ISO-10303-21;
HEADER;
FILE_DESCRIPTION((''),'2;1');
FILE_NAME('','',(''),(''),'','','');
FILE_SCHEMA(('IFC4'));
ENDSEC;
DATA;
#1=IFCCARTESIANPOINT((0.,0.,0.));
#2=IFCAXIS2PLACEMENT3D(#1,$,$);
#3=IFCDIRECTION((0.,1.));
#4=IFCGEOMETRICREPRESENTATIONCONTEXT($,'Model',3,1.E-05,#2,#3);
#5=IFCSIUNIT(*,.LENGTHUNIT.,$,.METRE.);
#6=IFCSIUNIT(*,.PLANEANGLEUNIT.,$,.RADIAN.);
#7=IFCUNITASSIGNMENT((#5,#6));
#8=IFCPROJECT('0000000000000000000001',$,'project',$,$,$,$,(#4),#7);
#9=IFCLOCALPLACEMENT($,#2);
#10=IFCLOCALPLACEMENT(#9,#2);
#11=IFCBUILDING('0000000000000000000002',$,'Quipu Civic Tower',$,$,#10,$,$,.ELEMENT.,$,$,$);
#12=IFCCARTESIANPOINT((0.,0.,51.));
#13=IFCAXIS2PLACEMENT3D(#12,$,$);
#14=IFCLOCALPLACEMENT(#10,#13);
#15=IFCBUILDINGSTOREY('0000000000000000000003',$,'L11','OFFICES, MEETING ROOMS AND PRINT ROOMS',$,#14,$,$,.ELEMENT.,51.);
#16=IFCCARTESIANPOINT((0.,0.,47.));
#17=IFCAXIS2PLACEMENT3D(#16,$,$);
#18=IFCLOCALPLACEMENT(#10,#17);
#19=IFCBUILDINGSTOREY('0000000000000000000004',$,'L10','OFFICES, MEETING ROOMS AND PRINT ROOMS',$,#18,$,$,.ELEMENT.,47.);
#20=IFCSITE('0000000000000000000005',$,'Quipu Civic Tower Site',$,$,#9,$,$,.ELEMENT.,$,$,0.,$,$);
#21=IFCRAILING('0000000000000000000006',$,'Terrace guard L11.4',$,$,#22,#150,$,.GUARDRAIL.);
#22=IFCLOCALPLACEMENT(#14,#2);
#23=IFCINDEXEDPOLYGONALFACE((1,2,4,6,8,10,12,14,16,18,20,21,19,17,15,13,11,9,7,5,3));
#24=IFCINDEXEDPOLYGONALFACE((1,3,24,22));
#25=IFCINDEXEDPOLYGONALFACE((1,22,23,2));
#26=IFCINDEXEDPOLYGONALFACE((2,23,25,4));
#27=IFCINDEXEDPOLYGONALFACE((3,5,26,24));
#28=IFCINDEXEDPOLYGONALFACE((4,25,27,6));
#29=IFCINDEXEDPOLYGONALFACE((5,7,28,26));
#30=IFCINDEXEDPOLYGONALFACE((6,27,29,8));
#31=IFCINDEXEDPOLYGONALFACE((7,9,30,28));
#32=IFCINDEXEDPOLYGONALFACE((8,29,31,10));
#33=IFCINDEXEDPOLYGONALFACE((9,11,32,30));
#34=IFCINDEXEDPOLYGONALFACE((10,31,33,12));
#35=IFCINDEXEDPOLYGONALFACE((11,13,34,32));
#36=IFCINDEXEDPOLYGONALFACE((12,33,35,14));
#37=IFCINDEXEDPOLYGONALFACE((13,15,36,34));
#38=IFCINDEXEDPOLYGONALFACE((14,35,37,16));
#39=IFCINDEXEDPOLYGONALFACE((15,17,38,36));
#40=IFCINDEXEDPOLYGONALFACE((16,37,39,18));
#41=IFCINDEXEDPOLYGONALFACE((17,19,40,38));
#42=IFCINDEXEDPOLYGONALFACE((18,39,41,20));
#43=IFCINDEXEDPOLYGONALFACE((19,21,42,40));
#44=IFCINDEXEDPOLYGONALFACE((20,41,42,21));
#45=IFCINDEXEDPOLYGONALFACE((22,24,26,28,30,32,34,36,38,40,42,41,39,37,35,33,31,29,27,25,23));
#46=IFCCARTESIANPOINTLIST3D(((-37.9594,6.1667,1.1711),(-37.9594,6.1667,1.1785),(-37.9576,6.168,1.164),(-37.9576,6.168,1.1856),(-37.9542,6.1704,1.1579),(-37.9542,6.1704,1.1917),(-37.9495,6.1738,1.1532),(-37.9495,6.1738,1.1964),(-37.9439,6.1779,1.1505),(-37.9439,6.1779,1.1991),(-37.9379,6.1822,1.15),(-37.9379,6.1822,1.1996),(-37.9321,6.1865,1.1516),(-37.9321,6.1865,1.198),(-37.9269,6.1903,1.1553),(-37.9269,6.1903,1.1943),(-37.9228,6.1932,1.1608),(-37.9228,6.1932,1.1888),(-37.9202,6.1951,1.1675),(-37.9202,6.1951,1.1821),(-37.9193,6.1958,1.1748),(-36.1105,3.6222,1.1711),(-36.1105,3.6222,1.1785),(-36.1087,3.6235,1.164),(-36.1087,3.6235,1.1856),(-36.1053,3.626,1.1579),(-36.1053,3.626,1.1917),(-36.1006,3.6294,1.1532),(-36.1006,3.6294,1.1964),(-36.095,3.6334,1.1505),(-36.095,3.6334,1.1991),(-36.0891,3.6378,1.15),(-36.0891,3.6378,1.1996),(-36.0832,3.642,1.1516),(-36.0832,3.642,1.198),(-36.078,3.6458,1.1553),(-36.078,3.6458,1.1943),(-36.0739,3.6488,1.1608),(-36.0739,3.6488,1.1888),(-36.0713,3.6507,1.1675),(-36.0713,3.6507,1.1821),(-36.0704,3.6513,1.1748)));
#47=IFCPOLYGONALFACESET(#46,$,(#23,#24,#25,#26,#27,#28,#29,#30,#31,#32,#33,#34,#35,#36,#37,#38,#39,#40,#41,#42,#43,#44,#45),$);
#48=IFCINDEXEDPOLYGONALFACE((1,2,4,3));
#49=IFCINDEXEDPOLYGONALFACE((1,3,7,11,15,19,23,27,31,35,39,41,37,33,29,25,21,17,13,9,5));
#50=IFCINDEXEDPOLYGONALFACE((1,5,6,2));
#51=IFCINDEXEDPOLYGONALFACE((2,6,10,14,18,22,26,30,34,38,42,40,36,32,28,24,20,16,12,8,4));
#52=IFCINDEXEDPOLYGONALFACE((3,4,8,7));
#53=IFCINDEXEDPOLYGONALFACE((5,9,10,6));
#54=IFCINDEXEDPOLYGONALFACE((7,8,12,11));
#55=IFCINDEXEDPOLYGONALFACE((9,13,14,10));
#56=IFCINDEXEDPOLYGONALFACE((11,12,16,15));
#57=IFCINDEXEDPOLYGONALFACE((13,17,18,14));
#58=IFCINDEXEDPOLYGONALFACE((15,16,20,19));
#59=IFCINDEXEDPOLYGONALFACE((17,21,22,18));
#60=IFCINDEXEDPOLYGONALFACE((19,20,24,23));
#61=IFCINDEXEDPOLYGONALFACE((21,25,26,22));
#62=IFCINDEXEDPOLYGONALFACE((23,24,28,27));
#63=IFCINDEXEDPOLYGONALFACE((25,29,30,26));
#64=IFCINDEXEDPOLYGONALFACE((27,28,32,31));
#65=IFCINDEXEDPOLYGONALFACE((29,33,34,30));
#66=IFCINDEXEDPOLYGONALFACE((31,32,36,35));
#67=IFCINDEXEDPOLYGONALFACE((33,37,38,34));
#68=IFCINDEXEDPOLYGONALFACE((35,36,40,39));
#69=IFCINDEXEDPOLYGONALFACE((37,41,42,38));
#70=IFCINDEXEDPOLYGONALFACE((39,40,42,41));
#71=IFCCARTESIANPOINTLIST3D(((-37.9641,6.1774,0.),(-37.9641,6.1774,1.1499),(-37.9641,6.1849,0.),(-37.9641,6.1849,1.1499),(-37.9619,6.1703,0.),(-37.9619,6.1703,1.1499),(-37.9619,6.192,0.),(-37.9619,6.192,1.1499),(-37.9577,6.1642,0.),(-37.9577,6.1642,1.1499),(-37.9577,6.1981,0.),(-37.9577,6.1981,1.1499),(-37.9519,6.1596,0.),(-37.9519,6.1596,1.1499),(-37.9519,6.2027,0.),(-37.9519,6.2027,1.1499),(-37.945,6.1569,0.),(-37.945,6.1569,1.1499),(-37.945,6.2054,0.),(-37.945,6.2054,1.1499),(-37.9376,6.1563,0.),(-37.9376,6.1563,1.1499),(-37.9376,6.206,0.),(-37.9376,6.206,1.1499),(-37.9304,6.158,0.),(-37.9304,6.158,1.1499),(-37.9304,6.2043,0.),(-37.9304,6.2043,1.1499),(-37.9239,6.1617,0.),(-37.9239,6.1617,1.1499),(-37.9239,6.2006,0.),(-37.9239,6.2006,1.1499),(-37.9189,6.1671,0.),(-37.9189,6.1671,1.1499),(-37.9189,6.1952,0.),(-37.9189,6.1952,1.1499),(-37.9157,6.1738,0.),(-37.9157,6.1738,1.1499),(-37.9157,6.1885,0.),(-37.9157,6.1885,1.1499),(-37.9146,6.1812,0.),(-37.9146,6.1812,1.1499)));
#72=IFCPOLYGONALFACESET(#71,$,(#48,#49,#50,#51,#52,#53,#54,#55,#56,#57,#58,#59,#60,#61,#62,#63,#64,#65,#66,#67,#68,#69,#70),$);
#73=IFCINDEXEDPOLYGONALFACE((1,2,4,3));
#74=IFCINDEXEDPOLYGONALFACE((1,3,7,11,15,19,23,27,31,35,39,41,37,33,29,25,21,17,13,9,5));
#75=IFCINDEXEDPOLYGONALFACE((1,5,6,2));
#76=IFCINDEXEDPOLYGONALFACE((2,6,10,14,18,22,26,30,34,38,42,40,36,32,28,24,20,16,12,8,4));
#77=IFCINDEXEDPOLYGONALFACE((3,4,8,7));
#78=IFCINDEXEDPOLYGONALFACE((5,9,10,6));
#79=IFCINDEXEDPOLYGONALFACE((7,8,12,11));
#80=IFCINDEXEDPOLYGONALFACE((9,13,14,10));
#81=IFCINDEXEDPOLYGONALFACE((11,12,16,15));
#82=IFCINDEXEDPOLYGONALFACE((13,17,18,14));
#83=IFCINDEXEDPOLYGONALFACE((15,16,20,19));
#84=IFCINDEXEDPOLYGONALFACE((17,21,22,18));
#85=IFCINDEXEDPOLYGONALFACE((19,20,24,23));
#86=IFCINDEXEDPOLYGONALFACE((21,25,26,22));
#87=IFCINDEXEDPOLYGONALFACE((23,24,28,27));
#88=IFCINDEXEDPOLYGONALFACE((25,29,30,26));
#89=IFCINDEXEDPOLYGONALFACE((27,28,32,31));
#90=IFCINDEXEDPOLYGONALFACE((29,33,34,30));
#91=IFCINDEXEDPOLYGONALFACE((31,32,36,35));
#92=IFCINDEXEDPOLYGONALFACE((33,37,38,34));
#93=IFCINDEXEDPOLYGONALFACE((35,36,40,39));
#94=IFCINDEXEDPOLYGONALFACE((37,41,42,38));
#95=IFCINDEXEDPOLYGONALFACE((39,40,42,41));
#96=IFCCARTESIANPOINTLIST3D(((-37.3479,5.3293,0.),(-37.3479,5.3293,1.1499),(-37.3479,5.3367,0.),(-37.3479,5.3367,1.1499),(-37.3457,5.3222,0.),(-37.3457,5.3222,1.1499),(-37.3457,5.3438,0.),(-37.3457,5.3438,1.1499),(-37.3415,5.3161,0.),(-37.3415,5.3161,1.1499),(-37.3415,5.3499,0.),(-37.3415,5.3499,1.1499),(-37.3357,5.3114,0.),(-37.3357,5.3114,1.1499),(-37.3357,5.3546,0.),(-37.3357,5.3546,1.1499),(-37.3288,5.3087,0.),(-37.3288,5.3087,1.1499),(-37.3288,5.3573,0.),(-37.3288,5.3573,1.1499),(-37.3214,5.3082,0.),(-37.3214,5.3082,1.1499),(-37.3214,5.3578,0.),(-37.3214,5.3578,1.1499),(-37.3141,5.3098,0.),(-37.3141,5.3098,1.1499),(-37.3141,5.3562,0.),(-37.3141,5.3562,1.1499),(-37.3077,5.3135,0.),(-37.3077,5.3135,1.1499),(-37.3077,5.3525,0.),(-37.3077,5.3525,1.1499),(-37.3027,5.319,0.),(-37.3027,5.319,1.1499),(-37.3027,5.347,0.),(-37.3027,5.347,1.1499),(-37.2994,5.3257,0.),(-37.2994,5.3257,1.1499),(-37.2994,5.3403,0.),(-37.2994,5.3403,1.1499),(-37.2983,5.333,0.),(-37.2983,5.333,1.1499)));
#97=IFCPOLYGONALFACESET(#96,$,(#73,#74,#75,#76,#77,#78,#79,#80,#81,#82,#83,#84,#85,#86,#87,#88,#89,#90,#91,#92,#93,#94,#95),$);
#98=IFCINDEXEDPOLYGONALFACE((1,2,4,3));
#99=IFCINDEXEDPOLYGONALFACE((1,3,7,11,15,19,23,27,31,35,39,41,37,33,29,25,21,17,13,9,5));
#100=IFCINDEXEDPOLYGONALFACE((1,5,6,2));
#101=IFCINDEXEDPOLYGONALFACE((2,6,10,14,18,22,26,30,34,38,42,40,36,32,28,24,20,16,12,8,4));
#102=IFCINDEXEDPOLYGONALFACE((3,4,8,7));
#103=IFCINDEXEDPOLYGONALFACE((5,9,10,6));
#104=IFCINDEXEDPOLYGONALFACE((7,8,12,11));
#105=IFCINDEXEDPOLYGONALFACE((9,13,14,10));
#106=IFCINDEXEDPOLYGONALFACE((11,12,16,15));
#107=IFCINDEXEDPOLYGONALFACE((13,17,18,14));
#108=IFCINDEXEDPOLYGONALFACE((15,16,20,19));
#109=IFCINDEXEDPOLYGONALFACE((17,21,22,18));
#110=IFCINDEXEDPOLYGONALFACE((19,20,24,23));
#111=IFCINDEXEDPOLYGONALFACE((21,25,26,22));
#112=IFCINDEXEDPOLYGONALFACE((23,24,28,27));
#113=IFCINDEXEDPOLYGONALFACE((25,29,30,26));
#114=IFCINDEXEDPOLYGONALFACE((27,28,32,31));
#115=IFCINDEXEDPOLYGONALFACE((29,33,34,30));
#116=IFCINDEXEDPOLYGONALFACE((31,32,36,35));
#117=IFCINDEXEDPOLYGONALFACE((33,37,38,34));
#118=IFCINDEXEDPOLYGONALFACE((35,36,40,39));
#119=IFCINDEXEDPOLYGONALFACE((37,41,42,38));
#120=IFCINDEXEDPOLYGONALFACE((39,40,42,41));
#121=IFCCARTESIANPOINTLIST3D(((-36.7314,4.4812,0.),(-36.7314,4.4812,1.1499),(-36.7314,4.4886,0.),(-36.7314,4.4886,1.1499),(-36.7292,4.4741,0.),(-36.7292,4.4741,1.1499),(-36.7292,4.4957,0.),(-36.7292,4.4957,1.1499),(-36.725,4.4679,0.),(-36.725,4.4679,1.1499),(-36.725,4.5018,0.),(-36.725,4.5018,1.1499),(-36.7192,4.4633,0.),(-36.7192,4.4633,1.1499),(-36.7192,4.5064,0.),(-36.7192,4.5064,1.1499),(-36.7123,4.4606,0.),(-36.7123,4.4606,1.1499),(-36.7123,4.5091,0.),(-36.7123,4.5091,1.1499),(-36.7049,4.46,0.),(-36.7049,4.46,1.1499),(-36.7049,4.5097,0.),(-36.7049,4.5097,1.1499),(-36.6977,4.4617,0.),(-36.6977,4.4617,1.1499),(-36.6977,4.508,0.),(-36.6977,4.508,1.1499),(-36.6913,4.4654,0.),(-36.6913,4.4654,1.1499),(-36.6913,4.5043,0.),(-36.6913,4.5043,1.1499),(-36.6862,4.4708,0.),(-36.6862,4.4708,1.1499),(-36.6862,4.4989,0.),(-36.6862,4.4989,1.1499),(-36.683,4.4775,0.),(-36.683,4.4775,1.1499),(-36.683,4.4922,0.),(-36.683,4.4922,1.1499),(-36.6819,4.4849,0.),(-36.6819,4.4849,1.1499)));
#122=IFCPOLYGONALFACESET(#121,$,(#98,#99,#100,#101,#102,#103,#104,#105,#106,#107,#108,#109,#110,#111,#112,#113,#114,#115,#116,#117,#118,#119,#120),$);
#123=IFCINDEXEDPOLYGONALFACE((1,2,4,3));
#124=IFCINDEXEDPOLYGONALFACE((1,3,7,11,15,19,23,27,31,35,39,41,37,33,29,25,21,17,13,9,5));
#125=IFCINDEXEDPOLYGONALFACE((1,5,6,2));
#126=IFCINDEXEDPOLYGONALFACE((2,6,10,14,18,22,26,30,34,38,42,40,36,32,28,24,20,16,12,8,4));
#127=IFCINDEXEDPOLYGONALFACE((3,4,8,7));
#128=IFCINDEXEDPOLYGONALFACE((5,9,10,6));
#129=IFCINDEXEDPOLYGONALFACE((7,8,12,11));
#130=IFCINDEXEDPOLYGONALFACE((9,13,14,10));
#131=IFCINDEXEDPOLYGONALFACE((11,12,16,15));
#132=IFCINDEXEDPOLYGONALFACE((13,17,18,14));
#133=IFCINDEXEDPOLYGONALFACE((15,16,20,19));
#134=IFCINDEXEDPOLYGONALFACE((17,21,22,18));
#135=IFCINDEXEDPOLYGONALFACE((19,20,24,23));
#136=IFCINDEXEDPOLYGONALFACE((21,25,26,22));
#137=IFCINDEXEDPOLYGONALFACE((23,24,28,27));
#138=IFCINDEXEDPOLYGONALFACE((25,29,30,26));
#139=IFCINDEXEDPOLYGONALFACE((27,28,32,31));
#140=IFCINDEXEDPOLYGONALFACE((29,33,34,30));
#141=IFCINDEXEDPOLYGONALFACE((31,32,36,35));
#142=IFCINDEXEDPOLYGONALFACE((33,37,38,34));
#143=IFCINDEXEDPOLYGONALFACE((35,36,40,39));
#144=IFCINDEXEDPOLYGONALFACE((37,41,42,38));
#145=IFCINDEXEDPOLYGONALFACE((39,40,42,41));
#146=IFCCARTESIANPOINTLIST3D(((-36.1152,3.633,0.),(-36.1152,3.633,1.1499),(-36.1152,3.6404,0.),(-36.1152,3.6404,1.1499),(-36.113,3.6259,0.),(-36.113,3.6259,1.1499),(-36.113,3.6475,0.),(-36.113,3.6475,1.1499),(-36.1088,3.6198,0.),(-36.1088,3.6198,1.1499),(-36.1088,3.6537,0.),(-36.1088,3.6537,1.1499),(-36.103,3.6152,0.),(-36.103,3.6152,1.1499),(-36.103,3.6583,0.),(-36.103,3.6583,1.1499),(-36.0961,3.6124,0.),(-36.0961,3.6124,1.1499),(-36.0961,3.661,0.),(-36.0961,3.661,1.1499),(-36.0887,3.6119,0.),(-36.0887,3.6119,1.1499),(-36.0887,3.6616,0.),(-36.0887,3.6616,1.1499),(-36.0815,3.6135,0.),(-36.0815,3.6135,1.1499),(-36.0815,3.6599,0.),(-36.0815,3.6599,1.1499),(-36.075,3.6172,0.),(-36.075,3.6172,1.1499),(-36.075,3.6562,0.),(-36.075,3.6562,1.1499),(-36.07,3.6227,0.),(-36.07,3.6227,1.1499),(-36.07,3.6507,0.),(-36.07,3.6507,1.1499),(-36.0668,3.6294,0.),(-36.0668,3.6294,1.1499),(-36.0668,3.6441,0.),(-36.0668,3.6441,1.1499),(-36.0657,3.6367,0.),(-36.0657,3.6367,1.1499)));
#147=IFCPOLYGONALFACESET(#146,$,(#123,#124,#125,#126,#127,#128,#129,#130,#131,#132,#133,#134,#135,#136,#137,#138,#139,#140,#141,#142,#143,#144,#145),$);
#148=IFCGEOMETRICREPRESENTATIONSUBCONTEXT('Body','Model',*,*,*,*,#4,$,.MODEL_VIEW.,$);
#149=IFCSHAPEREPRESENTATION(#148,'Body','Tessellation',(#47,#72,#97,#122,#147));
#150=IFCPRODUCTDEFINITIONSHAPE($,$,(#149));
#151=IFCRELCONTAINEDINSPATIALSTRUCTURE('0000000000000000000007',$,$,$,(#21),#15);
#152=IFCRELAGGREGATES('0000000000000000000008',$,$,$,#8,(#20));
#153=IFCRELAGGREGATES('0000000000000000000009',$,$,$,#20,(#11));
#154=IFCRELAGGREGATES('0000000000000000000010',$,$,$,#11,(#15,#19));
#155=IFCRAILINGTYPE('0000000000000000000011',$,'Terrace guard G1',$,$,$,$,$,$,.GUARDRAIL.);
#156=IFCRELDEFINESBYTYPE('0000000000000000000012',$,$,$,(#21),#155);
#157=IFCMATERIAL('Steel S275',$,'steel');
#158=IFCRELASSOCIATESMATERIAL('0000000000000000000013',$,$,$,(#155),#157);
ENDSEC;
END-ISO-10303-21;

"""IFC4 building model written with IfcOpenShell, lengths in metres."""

from ifc_helpers import new_model, si_unit, direction, frame, origin, origin_2d, place, context, subcontext, project, spatial, circle, extrude, material, type_object, element, save


model = new_model("IFC4")

# Units and contexts
model_context = context("Model", 3, precision=1e-05, world=origin(), true_north=direction((0.0, 1.0)))
body_context = subcontext(model_context, "Body", "Model", "MODEL_VIEW")
ifc_project = project(units=[si_unit("LENGTHUNIT", "METRE"), si_unit("PLANEANGLEUNIT", "RADIAN")], contexts=[model_context])

# Site, building, storey
site_placement = place(None, origin())
site = spatial("IfcSite", under=ifc_project, at=site_placement, Name="Quipu Civic Tower Site", CompositionType="ELEMENT", RefElevation=0.0)
building_placement = place(site_placement, origin())
building = spatial("IfcBuilding", under=site, at=building_placement, Name="Quipu Civic Tower", CompositionType="ELEMENT")
storey_1_placement = place(building_placement, frame((0.0, 0.0, 51.0)))
storey_1 = spatial("IfcBuildingStorey", under=building, at=storey_1_placement, Name="L11", Description="OFFICES, MEETING ROOMS AND PRINT ROOMS", CompositionType="ELEMENT", Elevation=51.0)

# Shared definitions
storey_2_placement = place(building_placement, frame((0.0, 0.0, 47.0)))
storey_2 = spatial("IfcBuildingStorey", under=building, at=storey_2_placement, Name="L10", Description="OFFICES, MEETING ROOMS AND PRINT ROOMS", CompositionType="ELEMENT", Elevation=47.0)

# Railing
ifc_material_1 = material(Name="Steel S275", Category="steel")
railing_type = type_object("IfcRailingType", Name="Terrace guard G1", PredefinedType="GUARDRAIL", material=ifc_material_1)
railing_placement = place(storey_1_placement, frame((-37.9395, 6.1812, 0.0)))
element("IfcRailing", 1, at=railing_placement, inside=storey_1, type_object=railing_type, Name="Terrace guard L11.4", PredefinedType="GUARDRAIL", context=body_context, shape_type="SweptSolid", body=[
    extrude(circle(Radius=0.0249, at=origin_2d()), frame((0.0, 0.0, 1.1748), z_axis=(0.587835, -0.808981, 0.0), x_axis=(0.808981, 0.587835, 0.0)), (0.0, 0.0, 1.0), 3.1453),
    extrude(circle(Radius=0.0249, at=origin_2d()), origin(), (0.0, 0.0, 1.0), 1.1499),
    extrude(circle(Radius=0.0249, at=origin_2d()), frame((0.6162, -0.8481, 0.0)), (0.0, 0.0, 1.0), 1.1499),
    extrude(circle(Radius=0.0249, at=origin_2d()), frame((1.2327, -1.6963, 0.0)), (0.0, 0.0, 1.0), 1.1499),
    extrude(circle(Radius=0.0249, at=origin_2d()), frame((1.8489, -2.5444, 0.0)), (0.0, 0.0, 1.0), 1.1499),
])

save(model, "model.ifc")
